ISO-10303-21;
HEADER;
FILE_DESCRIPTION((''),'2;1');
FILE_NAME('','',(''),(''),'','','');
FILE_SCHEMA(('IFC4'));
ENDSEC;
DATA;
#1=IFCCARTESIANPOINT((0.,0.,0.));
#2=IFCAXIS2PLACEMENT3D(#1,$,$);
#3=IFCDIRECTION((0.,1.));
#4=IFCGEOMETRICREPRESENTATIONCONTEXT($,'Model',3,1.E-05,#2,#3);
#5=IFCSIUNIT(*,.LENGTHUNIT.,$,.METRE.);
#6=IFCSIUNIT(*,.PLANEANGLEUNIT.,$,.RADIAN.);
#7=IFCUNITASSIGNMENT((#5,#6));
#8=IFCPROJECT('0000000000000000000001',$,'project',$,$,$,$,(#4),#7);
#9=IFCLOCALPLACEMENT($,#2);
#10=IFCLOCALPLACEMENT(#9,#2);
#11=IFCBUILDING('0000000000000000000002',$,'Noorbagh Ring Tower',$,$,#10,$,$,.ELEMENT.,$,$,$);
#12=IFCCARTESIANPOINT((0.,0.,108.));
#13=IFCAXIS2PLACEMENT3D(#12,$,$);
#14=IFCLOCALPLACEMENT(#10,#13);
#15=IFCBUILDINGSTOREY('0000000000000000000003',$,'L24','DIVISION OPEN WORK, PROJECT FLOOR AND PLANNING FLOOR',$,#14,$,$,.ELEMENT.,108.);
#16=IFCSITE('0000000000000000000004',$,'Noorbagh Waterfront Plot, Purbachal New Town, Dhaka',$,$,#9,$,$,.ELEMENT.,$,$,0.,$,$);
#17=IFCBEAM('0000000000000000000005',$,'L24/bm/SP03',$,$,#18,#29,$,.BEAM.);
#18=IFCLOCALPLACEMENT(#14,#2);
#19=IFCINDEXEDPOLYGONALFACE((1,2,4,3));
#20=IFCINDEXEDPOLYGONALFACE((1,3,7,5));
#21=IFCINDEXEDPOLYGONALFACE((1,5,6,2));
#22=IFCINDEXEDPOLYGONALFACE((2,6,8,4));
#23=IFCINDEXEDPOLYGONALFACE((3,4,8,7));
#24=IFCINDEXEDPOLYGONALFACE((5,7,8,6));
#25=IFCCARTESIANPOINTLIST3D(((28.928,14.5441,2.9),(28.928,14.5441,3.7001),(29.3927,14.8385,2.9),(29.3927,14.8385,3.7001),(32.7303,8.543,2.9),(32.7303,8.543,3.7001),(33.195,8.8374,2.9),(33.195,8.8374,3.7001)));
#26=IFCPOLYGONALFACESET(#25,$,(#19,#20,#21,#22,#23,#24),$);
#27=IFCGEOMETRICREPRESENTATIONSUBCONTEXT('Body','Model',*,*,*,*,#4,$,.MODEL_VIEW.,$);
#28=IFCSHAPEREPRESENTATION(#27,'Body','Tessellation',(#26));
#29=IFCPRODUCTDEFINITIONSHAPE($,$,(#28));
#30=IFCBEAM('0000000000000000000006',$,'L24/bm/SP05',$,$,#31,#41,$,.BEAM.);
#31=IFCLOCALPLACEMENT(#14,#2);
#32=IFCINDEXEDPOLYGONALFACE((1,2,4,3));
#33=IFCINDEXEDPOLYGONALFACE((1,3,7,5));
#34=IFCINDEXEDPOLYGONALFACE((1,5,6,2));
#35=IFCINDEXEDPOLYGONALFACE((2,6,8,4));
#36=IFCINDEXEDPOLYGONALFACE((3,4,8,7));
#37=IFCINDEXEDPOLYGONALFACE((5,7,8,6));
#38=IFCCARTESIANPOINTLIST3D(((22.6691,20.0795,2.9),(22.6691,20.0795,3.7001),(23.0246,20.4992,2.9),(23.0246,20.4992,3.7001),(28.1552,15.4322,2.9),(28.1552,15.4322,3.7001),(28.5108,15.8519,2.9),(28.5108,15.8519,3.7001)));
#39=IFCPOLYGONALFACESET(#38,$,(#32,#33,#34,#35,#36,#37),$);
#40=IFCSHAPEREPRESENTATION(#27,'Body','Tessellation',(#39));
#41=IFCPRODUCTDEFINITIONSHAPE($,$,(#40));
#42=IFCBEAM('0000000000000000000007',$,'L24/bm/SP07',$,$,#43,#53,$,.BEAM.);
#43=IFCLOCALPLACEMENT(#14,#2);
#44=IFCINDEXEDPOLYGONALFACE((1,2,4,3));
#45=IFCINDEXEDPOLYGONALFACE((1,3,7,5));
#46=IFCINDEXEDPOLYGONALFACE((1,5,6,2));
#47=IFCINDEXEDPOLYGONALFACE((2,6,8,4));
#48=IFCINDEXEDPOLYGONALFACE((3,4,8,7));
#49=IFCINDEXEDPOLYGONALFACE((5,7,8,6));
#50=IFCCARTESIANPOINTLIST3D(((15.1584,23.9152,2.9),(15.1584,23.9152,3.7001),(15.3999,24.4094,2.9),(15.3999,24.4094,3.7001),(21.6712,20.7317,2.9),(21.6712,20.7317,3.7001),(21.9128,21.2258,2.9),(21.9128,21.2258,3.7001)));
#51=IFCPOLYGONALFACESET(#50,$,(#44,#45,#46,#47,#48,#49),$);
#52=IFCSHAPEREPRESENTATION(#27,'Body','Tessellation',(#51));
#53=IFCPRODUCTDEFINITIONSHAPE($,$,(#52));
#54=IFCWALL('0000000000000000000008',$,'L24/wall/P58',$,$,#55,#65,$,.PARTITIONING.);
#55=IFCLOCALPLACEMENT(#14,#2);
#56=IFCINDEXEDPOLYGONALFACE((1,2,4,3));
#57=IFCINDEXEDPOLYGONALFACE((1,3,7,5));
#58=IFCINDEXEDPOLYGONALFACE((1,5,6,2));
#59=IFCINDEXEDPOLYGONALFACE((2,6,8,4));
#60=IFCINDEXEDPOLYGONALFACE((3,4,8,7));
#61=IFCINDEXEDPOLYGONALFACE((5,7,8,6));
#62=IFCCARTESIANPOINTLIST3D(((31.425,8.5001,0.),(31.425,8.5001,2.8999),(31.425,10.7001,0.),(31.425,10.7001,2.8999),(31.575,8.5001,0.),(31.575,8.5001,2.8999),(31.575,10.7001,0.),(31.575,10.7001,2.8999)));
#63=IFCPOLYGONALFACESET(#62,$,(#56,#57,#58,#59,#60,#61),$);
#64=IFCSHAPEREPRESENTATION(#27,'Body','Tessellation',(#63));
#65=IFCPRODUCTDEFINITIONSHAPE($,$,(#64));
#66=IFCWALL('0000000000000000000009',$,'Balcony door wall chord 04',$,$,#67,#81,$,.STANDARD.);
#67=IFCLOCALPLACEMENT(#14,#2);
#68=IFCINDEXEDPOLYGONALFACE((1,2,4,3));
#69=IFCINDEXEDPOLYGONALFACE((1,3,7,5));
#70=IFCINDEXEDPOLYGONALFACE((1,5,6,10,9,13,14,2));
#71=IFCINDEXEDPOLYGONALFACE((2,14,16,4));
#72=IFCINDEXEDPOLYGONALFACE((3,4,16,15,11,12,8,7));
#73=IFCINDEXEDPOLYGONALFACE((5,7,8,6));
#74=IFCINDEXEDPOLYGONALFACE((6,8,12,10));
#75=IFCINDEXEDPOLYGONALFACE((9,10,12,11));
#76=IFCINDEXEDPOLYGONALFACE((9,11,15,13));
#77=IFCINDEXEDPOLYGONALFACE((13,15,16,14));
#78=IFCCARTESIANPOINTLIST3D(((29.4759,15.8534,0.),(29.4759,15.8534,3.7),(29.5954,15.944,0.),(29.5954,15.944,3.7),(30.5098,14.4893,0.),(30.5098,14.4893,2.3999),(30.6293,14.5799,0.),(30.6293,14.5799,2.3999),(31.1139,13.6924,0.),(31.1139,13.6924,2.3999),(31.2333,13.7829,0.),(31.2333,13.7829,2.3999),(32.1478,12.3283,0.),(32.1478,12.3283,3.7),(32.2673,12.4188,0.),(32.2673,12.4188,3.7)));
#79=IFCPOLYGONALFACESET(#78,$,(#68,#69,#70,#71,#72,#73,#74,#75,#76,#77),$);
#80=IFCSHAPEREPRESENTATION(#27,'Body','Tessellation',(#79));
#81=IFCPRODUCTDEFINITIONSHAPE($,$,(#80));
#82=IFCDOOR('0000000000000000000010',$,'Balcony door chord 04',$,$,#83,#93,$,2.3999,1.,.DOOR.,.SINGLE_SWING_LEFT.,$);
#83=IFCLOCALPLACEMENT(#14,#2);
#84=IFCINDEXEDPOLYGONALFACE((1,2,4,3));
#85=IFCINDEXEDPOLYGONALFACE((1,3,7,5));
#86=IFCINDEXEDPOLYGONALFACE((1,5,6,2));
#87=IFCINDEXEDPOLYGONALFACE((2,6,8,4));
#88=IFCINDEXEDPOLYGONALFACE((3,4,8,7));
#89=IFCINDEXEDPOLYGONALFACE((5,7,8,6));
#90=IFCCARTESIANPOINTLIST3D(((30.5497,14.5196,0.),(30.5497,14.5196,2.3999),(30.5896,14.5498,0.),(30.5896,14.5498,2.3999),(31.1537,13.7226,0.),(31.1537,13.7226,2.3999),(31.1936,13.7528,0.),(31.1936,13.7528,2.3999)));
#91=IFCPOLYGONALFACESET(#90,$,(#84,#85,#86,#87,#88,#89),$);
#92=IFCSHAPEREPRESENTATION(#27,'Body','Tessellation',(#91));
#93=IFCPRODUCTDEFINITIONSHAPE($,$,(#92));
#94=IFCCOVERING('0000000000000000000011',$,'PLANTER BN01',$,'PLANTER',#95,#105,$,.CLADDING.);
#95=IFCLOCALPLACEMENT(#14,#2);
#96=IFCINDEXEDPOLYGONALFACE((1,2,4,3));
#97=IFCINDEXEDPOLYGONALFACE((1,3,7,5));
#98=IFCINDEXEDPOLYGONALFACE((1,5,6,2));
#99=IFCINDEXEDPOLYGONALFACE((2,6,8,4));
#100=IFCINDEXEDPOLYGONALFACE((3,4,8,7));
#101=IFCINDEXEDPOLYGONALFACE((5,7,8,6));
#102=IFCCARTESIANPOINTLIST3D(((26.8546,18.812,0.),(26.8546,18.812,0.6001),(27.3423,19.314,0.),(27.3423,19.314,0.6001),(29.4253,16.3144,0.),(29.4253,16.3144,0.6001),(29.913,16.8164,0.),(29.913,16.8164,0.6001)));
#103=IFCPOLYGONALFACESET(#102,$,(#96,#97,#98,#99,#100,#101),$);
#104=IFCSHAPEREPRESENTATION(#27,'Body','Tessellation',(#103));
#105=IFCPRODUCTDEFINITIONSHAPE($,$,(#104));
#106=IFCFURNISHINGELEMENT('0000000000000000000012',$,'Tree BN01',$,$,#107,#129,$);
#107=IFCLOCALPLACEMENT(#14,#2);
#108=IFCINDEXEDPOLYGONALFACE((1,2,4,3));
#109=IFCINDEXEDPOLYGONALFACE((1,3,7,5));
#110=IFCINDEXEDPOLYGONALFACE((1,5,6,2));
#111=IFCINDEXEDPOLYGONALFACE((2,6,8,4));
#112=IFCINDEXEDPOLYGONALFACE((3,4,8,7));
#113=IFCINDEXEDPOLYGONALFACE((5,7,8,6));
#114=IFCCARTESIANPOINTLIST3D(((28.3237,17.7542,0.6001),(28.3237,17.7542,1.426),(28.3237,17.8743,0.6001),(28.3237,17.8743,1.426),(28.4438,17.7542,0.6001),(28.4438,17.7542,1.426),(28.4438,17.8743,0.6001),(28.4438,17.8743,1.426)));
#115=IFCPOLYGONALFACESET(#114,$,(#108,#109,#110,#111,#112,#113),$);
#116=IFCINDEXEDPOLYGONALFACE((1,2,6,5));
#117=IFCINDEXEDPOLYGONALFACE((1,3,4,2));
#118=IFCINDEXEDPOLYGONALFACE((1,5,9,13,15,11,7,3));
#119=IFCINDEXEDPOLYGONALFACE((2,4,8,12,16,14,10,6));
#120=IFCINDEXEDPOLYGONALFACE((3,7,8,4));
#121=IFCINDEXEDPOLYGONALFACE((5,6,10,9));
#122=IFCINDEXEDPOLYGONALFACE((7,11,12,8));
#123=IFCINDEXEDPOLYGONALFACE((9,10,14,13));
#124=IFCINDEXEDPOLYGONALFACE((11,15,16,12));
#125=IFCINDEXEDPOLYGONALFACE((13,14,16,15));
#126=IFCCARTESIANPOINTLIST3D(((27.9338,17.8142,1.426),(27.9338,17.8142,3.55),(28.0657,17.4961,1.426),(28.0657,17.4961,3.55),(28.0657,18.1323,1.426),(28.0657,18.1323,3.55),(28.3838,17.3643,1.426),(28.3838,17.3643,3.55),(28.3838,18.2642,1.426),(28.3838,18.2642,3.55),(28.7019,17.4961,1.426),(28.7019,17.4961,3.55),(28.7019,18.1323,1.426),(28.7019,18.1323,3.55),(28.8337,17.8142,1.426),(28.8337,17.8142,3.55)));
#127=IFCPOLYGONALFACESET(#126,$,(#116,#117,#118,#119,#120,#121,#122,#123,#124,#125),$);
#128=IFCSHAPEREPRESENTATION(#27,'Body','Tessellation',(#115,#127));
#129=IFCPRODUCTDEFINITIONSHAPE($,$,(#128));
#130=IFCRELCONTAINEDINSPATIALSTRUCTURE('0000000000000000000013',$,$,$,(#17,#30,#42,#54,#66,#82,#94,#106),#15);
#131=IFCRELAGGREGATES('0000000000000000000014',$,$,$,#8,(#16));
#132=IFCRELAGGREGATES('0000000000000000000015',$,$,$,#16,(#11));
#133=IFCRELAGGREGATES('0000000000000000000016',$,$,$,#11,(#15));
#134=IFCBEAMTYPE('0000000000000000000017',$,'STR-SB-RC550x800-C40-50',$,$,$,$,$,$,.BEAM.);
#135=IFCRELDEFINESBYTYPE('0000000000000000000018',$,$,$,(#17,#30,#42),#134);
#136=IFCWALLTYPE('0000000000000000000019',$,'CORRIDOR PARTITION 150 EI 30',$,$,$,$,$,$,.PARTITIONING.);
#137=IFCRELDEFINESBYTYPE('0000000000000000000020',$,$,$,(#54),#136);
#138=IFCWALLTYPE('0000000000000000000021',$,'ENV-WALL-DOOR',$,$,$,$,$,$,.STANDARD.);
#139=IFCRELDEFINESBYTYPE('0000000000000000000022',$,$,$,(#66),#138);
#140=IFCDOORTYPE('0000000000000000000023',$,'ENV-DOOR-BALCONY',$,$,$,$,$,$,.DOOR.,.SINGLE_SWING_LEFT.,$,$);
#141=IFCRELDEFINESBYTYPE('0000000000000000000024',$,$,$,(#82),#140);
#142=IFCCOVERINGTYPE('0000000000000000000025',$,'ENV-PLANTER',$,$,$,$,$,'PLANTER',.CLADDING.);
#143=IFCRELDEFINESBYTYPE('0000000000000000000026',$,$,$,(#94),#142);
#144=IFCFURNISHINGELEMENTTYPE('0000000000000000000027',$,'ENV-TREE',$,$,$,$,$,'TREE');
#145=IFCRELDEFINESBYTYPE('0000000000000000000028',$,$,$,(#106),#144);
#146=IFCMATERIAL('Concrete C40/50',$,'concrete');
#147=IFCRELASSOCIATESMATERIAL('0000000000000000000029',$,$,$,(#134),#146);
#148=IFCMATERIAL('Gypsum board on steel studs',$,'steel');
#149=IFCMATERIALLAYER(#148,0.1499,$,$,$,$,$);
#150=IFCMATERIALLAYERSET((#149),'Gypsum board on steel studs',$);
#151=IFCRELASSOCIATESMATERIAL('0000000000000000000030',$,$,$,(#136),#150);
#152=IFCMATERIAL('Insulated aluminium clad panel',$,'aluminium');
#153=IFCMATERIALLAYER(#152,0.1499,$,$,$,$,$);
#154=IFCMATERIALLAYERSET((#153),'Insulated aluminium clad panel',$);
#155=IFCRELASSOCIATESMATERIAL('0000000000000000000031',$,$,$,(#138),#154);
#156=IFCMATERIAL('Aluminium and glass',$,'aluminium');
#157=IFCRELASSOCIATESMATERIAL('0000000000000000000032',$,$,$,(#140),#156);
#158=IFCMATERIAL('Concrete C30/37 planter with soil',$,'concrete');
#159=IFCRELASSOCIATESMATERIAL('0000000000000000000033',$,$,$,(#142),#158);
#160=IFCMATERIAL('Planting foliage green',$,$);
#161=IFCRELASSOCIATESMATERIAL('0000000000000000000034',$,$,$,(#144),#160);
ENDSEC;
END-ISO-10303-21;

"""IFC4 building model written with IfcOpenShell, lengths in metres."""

from ifc_helpers import new_model, si_unit, direction, frame, frame_2d, origin, origin_2d, place, context, subcontext, project, spatial, polyline, rectangle, outline, extrude, material, layer, layer_set, material_profile, profile_set, type_object, element, fill, save


model = new_model("IFC4")

# Units and contexts
model_context = context("Model", 3, precision=1e-05, world=origin(), true_north=direction((0.0, 1.0)))
body_context = subcontext(model_context, "Body", "Model", "MODEL_VIEW")
ifc_project = project(units=[si_unit("LENGTHUNIT", "METRE"), si_unit("PLANEANGLEUNIT", "RADIAN")], contexts=[model_context])

# Site, building, storey
site_placement = place(None, origin())
site = spatial("IfcSite", under=ifc_project, at=site_placement, Name="Noorbagh Waterfront Plot, Purbachal New Town, Dhaka", CompositionType="ELEMENT", RefElevation=0.0)
building_placement = place(site_placement, origin())
building = spatial("IfcBuilding", under=site, at=building_placement, Name="Noorbagh Ring Tower", CompositionType="ELEMENT")
storey_placement = place(building_placement, frame((0.0, 0.0, 108.0)))
storey = spatial("IfcBuildingStorey", under=building, at=storey_placement, Name="L24", Description="DIVISION OPEN WORK, PROJECT FLOOR AND PLANNING FLOOR", CompositionType="ELEMENT", Elevation=108.0)

# Beams
ifc_material_1 = material(Name="Concrete C40/50", Category="concrete")
ifc_material_profile_1 = material_profile(ifc_material_1, rectangle(XDim=0.55, YDim=0.8, at=origin_2d()), Name="RC550x800")
ifc_profile_set_1 = profile_set([ifc_material_profile_1], Name="Concrete C40/50")
beam_type_1 = type_object("IfcBeamType", Name="STR-SB-RC550x800-C40-50", PredefinedType="BEAM", material=ifc_profile_set_1)
beam_1_placement = place(storey_placement, frame((32.9626, 8.6902, 3.3), z_axis=(-0.535216, 0.844715, 0.0), x_axis=(-0.844715, -0.535216, 0.0)))
element("IfcBeam", 1, at=beam_1_placement, inside=storey, type_object=beam_type_1, Name="L24/bm/SP03", PredefinedType="BEAM", context=body_context, shape_type="SweptSolid", body=[
    extrude(rectangle(XDim=0.55, YDim=0.8, at=origin_2d()), origin(), (0.0, 0.0, 1.0), 7.1042),
])
beam_2_placement = place(storey_placement, frame((28.333, 15.6421, 3.3), z_axis=(-0.763033, 0.646359, 0.0), x_axis=(-0.646359, -0.763033, 0.0)))
element("IfcBeam", 2, at=beam_2_placement, inside=storey, type_object=beam_type_1, Name="L24/bm/SP05", PredefinedType="BEAM", context=body_context, shape_type="SweptSolid", body=[
    extrude(rectangle(XDim=0.55, YDim=0.8, at=origin_2d()), origin(), (0.0, 0.0, 1.0), 7.1899),
])
beam_3_placement = place(storey_placement, frame((21.792, 20.9788, 3.3), z_axis=(-0.898412, 0.439153, 0.0), x_axis=(-0.439153, -0.898412, 0.0)))
element("IfcBeam", 3, at=beam_3_placement, inside=storey, type_object=beam_type_1, Name="L24/bm/SP07", PredefinedType="BEAM", context=body_context, shape_type="SweptSolid", body=[
    extrude(rectangle(XDim=0.55, YDim=0.8, at=origin_2d()), origin(), (0.0, 0.0, 1.0), 7.2493),
])

# Wall
ifc_material_2 = material(Name="Gypsum board on steel studs", Category="steel")
ifc_layer_1 = layer(ifc_material_2, 0.1499)
ifc_layer_set_1 = layer_set([ifc_layer_1], Name="Gypsum board on steel studs")
wall_type_1 = type_object("IfcWallType", Name="CORRIDOR PARTITION 150 EI 30", PredefinedType="PARTITIONING", material=ifc_layer_set_1)
wall_1_placement = place(storey_placement, frame((31.5, 8.5, 0.0), z_axis=(0.0, 0.0, 1.0), x_axis=(0.0, 1.0, 0.0)))
element("IfcWall", 4, at=wall_1_placement, inside=storey, type_object=wall_type_1, Name="L24/wall/P58", PredefinedType="PARTITIONING", context=body_context, shape_type="SweptSolid", body=[
    extrude(rectangle(XDim=2.2, YDim=0.1499, at=frame_2d((1.1001, 0.0))), origin(), (0.0, 0.0, 1.0), 2.8999),
])

# Wall, opening, door
ifc_material_3 = material(Name="Insulated aluminium clad panel", Category="aluminium")
ifc_layer_2 = layer(ifc_material_3, 0.1499)
ifc_layer_set_2 = layer_set([ifc_layer_2], Name="Insulated aluminium clad panel")
wall_type_2 = type_object("IfcWallType", Name="ENV-WALL-DOOR", PredefinedType="STANDARD", material=ifc_layer_set_2)
wall_2_placement = place(storey_placement, frame((32.2075, 12.3735, 0.0), z_axis=(0.0, 0.0, 1.0), x_axis=(-0.604046, 0.79695, 0.0)))
wall_2 = element("IfcWall", 5, at=wall_2_placement, inside=storey, type_object=wall_type_2, Name="Balcony door wall chord 04", PredefinedType="STANDARD", context=body_context, shape_type="SweptSolid", body=[
    extrude(rectangle(XDim=4.4233, YDim=0.1499, at=frame_2d((2.2117, 0.0))), origin(), (0.0, 0.0, 1.0), 3.7),
])
opening_placement = place(wall_2_placement, frame((1.7117, 0.0, 0.0)))
opening = element("IfcOpeningElement", 6, at=opening_placement, cuts=wall_2, PredefinedType="OPENING", context=body_context, shape_type="SweptSolid", body=[
    extrude(rectangle(XDim=1.0, YDim=2.3999, at=frame_2d((0.5, 1.2))), frame((0.0, 0.085, 0.0), z_axis=(0.0, -1.0, 0.0), x_axis=(1.0, 0.0, 0.0)), (0.0, 0.0, 1.0), 0.1699),
])
ifc_material_4 = material(Name="Aluminium and glass", Category="aluminium")
door_type = type_object("IfcDoorType", Name="ENV-DOOR-BALCONY", OperationType="SINGLE_SWING_LEFT", PredefinedType="DOOR", material=ifc_material_4)
door_placement = place(opening_placement, origin())
door = element("IfcDoor", 7, at=door_placement, inside=storey, type_object=door_type, Name="Balcony door chord 04", OperationType="SINGLE_SWING_LEFT", OverallHeight=2.3999, OverallWidth=1.0, PredefinedType="DOOR", context=body_context, shape_type="SweptSolid", body=[
    extrude(rectangle(XDim=1.0, YDim=2.3999, at=frame_2d((0.5, 1.2))), frame((0.0, 0.0249, 0.0), z_axis=(0.0, -1.0, 0.0), x_axis=(1.0, 0.0, 0.0)), (0.0, 0.0, 1.0), 0.05),
])
fill(opening, door)

# Covering
ifc_material_5 = material(Name="Concrete C30/37 planter with soil", Category="concrete")
covering_type = type_object("IfcCoveringType", Name="ENV-PLANTER", ElementType="PLANTER", PredefinedType="CLADDING", material=ifc_material_5)
covering_placement = place(storey_placement, frame((28.3838, 17.8142, 0.0), z_axis=(0.0, 0.0, 1.0), x_axis=(-0.717225, 0.696842, 0.0)))
element("IfcCovering", 8, at=covering_placement, inside=storey, type_object=covering_type, Name="PLANTER BN01", ObjectType="PLANTER", PredefinedType="CLADDING", context=body_context, shape_type="SweptSolid", body=[
    extrude(rectangle(XDim=3.5842, YDim=0.7, at=origin_2d()), origin(), (0.0, 0.0, 1.0), 0.6001),
])

# Furnishing element
ifc_material_6 = material(Name="Planting foliage green")
furnishing_element_type = type_object("IfcFurnishingElementType", Name="ENV-TREE", ElementType="TREE", material=ifc_material_6)
furnishing_placement = place(storey_placement, frame((28.3838, 17.8142, 0.6001), z_axis=(0.0, 0.0, 1.0), x_axis=(1.0, 0.0, 0.0)))
element("IfcFurnishingElement", 9, at=furnishing_placement, inside=storey, type_object=furnishing_element_type, Name="Tree BN01", context=body_context, shape_type="SweptSolid", body=[
    extrude(rectangle(XDim=0.1201, YDim=0.1201, at=origin_2d()), origin(), (0.0, 0.0, 1.0), 0.8259),
    extrude(outline(polyline([(0.45, 0.0), (0.3181, 0.3181), (0.0, 0.45), (-0.3181, 0.3181), (-0.45, 0.0), (-0.3181, -0.3181), (0.0, -0.45), (0.3181, -0.3181), (0.45, 0.0)])), frame((0.0, 0.0, 0.8259)), (0.0, 0.0, 1.0), 2.124),
])

save(model, "model.ifc")
